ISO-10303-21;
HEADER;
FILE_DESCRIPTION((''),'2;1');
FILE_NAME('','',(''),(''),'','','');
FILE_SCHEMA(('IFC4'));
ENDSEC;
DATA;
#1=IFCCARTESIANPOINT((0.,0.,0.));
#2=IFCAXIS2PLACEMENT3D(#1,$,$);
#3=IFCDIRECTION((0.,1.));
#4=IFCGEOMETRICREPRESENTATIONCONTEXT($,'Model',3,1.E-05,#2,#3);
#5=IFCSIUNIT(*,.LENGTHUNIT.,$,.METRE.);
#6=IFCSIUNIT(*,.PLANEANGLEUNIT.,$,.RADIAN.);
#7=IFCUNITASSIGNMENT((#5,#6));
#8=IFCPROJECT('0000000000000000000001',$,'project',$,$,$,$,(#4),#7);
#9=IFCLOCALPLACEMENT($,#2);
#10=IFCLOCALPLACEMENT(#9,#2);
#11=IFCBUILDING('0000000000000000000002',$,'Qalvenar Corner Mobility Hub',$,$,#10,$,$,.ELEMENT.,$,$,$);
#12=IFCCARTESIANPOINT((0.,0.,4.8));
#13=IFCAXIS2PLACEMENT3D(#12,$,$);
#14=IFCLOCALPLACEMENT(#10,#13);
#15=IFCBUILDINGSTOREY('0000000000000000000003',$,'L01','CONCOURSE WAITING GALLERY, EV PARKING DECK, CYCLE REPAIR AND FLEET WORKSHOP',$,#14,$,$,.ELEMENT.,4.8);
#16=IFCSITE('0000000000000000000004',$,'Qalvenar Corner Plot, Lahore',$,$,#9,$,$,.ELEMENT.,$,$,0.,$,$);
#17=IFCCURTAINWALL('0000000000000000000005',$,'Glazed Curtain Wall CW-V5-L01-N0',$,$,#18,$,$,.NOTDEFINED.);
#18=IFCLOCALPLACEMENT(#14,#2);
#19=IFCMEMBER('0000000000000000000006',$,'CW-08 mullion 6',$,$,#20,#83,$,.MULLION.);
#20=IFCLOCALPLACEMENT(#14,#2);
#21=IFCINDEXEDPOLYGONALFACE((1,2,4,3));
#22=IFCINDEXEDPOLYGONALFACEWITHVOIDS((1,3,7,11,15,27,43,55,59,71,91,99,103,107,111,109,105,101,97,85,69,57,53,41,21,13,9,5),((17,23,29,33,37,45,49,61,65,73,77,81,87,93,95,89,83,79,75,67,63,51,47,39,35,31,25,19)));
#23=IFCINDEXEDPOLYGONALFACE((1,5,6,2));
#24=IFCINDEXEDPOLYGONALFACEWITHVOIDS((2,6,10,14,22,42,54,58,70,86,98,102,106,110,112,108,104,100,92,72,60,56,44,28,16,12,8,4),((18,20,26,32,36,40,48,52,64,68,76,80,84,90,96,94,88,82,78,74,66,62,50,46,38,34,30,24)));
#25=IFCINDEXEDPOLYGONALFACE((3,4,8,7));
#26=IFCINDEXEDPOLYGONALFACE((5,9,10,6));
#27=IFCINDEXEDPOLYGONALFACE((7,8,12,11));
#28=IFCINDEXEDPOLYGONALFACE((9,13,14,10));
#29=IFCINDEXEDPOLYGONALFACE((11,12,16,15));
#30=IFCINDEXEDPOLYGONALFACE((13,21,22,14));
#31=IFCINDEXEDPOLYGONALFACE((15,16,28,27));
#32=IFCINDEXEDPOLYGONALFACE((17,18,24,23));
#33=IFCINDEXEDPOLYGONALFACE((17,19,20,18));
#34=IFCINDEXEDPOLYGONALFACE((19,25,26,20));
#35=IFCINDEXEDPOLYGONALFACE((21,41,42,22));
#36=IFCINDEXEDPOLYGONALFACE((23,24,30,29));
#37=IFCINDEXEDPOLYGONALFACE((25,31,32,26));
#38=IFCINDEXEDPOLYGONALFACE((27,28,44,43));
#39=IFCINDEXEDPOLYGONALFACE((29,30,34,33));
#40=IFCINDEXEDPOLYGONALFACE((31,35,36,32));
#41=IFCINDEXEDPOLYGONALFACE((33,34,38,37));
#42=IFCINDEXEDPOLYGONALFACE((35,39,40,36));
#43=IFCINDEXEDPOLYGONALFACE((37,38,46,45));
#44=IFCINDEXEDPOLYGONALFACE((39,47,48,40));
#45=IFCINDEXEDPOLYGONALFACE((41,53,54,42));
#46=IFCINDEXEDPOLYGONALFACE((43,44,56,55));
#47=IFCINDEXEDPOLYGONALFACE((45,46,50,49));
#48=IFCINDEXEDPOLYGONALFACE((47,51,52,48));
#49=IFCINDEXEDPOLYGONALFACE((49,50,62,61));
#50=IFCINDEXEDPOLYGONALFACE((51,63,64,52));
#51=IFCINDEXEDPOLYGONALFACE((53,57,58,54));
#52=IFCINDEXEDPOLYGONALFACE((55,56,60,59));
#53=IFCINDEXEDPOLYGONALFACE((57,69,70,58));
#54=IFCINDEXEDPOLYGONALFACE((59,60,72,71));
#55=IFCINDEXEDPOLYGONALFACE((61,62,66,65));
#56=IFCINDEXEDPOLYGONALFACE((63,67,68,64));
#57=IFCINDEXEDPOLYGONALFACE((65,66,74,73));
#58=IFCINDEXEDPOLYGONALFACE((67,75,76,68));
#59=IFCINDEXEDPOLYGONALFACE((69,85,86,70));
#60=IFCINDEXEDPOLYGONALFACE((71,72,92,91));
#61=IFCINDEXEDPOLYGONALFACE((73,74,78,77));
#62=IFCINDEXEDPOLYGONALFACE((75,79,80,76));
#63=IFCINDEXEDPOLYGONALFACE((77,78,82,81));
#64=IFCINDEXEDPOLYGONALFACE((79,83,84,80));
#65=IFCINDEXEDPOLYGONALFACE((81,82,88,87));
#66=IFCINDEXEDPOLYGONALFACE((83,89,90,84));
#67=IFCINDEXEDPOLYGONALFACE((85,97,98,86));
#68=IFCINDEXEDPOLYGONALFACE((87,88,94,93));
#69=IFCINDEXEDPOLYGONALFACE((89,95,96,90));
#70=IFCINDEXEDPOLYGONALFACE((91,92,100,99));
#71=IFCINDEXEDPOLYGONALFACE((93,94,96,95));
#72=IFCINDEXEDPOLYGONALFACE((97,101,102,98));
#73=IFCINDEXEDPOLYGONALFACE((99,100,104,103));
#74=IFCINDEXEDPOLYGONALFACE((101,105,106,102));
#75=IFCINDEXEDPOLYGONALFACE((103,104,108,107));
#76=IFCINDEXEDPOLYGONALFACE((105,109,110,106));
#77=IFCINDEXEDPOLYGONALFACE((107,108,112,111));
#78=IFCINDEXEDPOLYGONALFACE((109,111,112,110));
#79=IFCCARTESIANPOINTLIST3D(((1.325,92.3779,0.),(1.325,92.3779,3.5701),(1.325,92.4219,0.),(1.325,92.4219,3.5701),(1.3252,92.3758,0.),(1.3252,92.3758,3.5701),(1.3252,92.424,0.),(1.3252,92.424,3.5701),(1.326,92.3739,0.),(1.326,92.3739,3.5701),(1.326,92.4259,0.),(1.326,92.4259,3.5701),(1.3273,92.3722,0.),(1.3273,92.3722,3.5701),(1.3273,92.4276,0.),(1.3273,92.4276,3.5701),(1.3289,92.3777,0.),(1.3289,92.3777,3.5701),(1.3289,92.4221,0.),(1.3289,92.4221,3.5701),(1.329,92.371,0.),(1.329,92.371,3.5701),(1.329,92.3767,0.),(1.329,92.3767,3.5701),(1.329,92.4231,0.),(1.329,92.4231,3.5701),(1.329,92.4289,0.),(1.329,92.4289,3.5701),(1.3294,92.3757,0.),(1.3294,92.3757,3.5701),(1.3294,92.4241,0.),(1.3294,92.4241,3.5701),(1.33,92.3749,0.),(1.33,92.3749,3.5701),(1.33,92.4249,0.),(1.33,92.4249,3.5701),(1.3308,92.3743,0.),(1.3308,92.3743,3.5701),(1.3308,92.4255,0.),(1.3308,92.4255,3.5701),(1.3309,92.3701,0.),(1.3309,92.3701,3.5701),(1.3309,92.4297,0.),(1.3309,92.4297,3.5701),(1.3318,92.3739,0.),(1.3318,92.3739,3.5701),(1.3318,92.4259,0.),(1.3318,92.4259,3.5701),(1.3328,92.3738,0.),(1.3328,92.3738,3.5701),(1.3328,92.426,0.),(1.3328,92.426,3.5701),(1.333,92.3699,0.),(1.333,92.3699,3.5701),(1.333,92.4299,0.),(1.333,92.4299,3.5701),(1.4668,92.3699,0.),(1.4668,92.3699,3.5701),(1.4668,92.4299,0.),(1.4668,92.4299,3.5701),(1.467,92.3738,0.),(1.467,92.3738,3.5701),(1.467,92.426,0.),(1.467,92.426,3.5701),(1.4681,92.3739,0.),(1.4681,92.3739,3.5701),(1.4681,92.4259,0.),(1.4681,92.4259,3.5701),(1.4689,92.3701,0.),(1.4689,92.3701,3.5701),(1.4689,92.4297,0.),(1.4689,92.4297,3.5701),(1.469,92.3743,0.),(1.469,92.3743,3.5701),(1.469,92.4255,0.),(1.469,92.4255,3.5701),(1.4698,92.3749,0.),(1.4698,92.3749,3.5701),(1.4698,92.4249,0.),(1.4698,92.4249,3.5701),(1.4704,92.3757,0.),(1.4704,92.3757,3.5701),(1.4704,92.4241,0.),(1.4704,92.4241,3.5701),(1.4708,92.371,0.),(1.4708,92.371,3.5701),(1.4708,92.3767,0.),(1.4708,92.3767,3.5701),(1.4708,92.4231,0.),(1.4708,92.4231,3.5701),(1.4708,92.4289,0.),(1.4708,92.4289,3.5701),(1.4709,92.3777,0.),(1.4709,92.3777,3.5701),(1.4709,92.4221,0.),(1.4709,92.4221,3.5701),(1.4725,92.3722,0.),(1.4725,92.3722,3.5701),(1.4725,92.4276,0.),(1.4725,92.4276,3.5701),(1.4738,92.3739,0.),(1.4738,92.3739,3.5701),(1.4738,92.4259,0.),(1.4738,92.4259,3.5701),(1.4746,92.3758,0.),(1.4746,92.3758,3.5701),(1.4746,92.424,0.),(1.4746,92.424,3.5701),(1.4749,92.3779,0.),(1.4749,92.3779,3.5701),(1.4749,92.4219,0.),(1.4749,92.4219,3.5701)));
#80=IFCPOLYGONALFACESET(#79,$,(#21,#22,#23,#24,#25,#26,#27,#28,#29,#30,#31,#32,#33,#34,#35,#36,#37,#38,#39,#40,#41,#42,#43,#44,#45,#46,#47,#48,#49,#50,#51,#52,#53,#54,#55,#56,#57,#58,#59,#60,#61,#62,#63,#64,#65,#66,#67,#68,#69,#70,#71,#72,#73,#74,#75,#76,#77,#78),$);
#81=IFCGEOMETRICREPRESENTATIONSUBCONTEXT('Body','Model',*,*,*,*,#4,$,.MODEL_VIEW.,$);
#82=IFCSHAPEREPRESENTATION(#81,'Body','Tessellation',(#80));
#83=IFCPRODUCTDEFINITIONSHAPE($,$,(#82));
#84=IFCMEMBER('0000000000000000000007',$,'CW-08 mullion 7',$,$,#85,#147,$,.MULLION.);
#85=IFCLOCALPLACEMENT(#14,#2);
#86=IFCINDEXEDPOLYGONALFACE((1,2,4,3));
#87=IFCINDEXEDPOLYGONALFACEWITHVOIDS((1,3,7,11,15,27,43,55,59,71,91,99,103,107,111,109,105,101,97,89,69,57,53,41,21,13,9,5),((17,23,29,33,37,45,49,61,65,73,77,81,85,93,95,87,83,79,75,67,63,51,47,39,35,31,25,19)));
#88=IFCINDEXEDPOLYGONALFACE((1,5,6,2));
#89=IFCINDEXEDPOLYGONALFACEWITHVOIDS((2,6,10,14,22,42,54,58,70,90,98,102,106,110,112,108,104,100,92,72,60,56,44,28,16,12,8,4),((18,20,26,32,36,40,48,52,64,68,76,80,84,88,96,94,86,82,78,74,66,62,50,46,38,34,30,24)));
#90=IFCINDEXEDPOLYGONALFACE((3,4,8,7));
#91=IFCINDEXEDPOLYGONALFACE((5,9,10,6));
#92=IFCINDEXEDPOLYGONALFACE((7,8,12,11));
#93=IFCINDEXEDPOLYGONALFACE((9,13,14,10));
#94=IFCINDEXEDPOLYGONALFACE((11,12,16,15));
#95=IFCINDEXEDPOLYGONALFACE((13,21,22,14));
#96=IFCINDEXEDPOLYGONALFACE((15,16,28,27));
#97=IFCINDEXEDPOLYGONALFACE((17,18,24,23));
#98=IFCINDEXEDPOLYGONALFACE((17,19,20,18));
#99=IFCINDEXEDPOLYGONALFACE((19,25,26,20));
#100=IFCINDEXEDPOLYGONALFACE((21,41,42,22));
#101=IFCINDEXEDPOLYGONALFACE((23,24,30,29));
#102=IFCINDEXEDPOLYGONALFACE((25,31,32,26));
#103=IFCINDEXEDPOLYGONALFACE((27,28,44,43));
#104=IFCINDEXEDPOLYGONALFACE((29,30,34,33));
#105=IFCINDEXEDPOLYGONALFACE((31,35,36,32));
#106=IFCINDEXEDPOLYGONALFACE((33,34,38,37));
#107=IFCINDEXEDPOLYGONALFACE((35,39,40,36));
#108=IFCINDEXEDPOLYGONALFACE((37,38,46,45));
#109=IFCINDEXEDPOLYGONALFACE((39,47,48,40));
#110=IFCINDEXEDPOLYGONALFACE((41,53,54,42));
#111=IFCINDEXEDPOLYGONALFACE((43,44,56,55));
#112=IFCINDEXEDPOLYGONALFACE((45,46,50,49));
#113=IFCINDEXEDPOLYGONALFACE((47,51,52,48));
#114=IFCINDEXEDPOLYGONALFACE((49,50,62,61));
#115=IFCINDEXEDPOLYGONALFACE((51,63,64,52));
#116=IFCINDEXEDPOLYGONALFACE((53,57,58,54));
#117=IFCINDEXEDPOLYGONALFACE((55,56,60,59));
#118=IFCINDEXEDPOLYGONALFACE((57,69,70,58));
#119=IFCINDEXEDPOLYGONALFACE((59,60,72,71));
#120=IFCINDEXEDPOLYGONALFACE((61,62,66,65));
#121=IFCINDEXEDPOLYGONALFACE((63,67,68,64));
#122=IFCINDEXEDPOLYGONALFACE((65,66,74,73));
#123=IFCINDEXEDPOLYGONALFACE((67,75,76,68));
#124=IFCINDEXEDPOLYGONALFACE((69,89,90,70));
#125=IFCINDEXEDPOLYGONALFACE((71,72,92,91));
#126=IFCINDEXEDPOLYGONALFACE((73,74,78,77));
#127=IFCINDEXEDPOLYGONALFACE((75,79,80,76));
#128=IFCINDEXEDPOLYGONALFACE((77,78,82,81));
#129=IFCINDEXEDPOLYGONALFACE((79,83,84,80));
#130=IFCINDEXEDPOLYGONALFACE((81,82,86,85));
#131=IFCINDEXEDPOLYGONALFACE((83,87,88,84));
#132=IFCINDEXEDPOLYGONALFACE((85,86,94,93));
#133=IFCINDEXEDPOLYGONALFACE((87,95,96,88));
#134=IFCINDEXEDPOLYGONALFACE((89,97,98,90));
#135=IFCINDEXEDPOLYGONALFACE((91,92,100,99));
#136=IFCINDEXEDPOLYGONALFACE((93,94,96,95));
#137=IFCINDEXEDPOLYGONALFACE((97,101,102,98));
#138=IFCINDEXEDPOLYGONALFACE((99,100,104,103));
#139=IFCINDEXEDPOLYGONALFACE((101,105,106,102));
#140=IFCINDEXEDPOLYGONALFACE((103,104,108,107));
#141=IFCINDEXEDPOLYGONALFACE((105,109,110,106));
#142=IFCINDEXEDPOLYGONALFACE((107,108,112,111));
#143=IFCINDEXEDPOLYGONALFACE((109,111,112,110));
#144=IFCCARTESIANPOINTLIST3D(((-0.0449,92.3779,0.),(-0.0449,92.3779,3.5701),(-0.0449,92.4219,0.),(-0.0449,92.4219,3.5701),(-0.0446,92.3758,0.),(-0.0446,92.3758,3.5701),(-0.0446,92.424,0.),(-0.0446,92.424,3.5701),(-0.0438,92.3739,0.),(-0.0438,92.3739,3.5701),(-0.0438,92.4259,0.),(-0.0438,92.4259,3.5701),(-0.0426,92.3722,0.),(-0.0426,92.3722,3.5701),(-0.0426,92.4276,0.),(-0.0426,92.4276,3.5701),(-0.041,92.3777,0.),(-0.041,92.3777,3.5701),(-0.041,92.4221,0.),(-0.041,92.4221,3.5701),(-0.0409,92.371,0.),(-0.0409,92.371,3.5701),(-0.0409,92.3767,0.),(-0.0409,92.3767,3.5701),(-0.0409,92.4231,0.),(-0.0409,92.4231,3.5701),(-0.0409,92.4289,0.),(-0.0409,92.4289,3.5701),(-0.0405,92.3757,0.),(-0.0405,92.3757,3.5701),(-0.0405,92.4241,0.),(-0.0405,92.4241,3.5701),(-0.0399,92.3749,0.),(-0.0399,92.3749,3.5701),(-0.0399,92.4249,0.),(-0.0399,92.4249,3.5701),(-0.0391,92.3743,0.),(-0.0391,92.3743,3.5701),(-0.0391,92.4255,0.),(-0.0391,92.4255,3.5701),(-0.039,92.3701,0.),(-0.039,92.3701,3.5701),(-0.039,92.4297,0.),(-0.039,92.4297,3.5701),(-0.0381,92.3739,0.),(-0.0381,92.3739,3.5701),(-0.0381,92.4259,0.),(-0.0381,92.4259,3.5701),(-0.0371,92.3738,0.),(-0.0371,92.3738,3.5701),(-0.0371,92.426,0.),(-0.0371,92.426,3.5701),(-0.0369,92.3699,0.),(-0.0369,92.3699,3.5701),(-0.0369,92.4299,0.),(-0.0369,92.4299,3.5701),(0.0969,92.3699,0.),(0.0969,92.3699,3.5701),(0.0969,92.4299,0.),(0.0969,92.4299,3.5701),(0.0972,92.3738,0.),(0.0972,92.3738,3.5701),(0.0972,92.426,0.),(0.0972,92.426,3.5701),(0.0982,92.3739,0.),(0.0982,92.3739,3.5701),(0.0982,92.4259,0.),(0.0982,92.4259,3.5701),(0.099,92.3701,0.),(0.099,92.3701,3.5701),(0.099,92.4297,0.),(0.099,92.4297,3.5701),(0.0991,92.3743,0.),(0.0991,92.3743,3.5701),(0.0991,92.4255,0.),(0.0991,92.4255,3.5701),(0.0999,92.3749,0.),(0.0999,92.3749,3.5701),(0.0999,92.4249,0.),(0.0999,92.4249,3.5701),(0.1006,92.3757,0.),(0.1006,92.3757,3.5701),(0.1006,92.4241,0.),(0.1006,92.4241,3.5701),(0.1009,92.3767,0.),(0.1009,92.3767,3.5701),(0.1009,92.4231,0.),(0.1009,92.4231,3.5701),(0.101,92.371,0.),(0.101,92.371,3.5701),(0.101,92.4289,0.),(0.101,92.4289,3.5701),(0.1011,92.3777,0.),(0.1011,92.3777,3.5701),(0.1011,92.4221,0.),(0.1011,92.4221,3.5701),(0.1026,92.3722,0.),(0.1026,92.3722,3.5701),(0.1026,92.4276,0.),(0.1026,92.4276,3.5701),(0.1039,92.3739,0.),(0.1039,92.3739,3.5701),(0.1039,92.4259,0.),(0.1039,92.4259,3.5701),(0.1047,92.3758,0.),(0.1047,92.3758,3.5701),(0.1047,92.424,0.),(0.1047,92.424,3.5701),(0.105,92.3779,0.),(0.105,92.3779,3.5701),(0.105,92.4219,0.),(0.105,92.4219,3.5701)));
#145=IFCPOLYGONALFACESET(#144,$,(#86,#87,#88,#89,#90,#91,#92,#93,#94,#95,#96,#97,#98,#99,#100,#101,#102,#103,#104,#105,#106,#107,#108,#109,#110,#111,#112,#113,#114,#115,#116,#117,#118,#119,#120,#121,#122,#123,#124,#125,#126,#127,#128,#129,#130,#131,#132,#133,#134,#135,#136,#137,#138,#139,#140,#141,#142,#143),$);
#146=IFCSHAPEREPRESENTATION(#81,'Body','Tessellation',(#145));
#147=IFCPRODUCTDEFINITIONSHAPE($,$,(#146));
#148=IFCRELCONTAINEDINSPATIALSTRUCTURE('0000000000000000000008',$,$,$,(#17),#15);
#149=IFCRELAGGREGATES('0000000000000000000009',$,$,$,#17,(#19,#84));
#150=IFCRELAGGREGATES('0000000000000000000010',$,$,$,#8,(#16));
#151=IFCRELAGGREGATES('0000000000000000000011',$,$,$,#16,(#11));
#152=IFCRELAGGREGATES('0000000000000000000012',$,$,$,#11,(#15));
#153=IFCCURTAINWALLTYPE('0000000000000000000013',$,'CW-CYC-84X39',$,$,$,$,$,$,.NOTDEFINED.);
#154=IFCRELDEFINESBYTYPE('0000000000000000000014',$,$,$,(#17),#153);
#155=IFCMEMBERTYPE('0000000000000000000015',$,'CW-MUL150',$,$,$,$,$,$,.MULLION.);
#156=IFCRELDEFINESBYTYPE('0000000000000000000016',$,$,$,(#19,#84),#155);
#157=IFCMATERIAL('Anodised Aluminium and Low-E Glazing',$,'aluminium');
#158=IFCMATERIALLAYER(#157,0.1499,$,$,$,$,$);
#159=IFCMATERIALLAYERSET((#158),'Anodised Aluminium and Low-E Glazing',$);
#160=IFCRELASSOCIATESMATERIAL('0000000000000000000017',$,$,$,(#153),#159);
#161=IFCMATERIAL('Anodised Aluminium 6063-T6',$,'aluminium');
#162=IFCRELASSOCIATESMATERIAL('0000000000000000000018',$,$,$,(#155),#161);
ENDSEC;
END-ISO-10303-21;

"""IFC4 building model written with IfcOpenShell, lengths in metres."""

from ifc_helpers import new_model, si_unit, direction, frame, origin, origin_2d, place, context, subcontext, project, spatial, hollow_rectangle, extrude, material, layer, layer_set, material_profile, profile_set, type_object, element, aggregate, save


model = new_model("IFC4")

# Units and contexts
model_context = context("Model", 3, precision=1e-05, world=origin(), true_north=direction((0.0, 1.0)))
body_context = subcontext(model_context, "Body", "Model", "MODEL_VIEW")
ifc_project = project(units=[si_unit("LENGTHUNIT", "METRE"), si_unit("PLANEANGLEUNIT", "RADIAN")], contexts=[model_context])

# Site, building, storey
site_placement = place(None, origin())
site = spatial("IfcSite", under=ifc_project, at=site_placement, Name="Qalvenar Corner Plot, Lahore", CompositionType="ELEMENT", RefElevation=0.0)
building_placement = place(site_placement, origin())
building = spatial("IfcBuilding", under=site, at=building_placement, Name="Qalvenar Corner Mobility Hub", CompositionType="ELEMENT")
storey_placement = place(building_placement, frame((0.0, 0.0, 4.8)))
storey = spatial("IfcBuildingStorey", under=building, at=storey_placement, Name="L01", Description="CONCOURSE WAITING GALLERY, EV PARKING DECK, CYCLE REPAIR AND FLEET WORKSHOP", CompositionType="ELEMENT", Elevation=4.8)

# Curtain wall, members
ifc_material_1 = material(Name="Anodised Aluminium and Low-E Glazing", Category="aluminium")
ifc_layer_1 = layer(ifc_material_1, 0.1499)
ifc_layer_set_1 = layer_set([ifc_layer_1], Name="Anodised Aluminium and Low-E Glazing")
curtain_wall_type = type_object("IfcCurtainWallType", Name="CW-CYC-84X39", PredefinedType="NOTDEFINED", material=ifc_layer_set_1)
ifc_material_2 = material(Name="Anodised Aluminium 6063-T6", Category="aluminium")
ifc_material_profile_1 = material_profile(ifc_material_2, hollow_rectangle(XDim=0.0601, YDim=0.1499, WallThickness=0.0039, InnerFilletRadius=0.0039, OuterFilletRadius=0.0081, at=origin_2d()), Name="RHS150x60x4")
ifc_profile_set_1 = profile_set([ifc_material_profile_1], Name="Anodised Aluminium 6063-T6")
member_type_1 = type_object("IfcMemberType", Name="CW-MUL150", PredefinedType="MULLION", material=ifc_profile_set_1)
curtain_wall_1_placement = place(storey_placement, origin())
curtain_wall_1 = element("IfcCurtainWall", 1, at=curtain_wall_1_placement, inside=storey, type_object=curtain_wall_type, Name="Glazed Curtain Wall CW-V5-L01-N0", PredefinedType="NOTDEFINED")
member_1_placement = place(storey_placement, frame((1.3999, 92.3999, 0.0), z_axis=(0.0, 0.0, 1.0), x_axis=(0.0, -1.0, 0.0)))
member_1 = element("IfcMember", 2, at=member_1_placement, type_object=member_type_1, Name="CW-08 mullion 6", PredefinedType="MULLION", context=body_context, shape_type="SweptSolid", body=[
    extrude(hollow_rectangle(XDim=0.0601, YDim=0.1499, WallThickness=0.0039, InnerFilletRadius=0.0039, OuterFilletRadius=0.0081, at=origin_2d()), origin(), (0.0, 0.0, 1.0), 3.5701),
])
member_2_placement = place(storey_placement, frame((0.03, 92.3999, 0.0), z_axis=(0.0, 0.0, 1.0), x_axis=(0.0, -1.0, 0.0)))
member_2 = element("IfcMember", 3, at=member_2_placement, type_object=member_type_1, Name="CW-08 mullion 7", PredefinedType="MULLION", context=body_context, shape_type="SweptSolid", body=[
    extrude(hollow_rectangle(XDim=0.0601, YDim=0.1499, WallThickness=0.0039, InnerFilletRadius=0.0039, OuterFilletRadius=0.0081, at=origin_2d()), origin(), (0.0, 0.0, 1.0), 3.5701),
])

aggregate(curtain_wall_1, [member_1, member_2])

save(model, "model.ifc")
